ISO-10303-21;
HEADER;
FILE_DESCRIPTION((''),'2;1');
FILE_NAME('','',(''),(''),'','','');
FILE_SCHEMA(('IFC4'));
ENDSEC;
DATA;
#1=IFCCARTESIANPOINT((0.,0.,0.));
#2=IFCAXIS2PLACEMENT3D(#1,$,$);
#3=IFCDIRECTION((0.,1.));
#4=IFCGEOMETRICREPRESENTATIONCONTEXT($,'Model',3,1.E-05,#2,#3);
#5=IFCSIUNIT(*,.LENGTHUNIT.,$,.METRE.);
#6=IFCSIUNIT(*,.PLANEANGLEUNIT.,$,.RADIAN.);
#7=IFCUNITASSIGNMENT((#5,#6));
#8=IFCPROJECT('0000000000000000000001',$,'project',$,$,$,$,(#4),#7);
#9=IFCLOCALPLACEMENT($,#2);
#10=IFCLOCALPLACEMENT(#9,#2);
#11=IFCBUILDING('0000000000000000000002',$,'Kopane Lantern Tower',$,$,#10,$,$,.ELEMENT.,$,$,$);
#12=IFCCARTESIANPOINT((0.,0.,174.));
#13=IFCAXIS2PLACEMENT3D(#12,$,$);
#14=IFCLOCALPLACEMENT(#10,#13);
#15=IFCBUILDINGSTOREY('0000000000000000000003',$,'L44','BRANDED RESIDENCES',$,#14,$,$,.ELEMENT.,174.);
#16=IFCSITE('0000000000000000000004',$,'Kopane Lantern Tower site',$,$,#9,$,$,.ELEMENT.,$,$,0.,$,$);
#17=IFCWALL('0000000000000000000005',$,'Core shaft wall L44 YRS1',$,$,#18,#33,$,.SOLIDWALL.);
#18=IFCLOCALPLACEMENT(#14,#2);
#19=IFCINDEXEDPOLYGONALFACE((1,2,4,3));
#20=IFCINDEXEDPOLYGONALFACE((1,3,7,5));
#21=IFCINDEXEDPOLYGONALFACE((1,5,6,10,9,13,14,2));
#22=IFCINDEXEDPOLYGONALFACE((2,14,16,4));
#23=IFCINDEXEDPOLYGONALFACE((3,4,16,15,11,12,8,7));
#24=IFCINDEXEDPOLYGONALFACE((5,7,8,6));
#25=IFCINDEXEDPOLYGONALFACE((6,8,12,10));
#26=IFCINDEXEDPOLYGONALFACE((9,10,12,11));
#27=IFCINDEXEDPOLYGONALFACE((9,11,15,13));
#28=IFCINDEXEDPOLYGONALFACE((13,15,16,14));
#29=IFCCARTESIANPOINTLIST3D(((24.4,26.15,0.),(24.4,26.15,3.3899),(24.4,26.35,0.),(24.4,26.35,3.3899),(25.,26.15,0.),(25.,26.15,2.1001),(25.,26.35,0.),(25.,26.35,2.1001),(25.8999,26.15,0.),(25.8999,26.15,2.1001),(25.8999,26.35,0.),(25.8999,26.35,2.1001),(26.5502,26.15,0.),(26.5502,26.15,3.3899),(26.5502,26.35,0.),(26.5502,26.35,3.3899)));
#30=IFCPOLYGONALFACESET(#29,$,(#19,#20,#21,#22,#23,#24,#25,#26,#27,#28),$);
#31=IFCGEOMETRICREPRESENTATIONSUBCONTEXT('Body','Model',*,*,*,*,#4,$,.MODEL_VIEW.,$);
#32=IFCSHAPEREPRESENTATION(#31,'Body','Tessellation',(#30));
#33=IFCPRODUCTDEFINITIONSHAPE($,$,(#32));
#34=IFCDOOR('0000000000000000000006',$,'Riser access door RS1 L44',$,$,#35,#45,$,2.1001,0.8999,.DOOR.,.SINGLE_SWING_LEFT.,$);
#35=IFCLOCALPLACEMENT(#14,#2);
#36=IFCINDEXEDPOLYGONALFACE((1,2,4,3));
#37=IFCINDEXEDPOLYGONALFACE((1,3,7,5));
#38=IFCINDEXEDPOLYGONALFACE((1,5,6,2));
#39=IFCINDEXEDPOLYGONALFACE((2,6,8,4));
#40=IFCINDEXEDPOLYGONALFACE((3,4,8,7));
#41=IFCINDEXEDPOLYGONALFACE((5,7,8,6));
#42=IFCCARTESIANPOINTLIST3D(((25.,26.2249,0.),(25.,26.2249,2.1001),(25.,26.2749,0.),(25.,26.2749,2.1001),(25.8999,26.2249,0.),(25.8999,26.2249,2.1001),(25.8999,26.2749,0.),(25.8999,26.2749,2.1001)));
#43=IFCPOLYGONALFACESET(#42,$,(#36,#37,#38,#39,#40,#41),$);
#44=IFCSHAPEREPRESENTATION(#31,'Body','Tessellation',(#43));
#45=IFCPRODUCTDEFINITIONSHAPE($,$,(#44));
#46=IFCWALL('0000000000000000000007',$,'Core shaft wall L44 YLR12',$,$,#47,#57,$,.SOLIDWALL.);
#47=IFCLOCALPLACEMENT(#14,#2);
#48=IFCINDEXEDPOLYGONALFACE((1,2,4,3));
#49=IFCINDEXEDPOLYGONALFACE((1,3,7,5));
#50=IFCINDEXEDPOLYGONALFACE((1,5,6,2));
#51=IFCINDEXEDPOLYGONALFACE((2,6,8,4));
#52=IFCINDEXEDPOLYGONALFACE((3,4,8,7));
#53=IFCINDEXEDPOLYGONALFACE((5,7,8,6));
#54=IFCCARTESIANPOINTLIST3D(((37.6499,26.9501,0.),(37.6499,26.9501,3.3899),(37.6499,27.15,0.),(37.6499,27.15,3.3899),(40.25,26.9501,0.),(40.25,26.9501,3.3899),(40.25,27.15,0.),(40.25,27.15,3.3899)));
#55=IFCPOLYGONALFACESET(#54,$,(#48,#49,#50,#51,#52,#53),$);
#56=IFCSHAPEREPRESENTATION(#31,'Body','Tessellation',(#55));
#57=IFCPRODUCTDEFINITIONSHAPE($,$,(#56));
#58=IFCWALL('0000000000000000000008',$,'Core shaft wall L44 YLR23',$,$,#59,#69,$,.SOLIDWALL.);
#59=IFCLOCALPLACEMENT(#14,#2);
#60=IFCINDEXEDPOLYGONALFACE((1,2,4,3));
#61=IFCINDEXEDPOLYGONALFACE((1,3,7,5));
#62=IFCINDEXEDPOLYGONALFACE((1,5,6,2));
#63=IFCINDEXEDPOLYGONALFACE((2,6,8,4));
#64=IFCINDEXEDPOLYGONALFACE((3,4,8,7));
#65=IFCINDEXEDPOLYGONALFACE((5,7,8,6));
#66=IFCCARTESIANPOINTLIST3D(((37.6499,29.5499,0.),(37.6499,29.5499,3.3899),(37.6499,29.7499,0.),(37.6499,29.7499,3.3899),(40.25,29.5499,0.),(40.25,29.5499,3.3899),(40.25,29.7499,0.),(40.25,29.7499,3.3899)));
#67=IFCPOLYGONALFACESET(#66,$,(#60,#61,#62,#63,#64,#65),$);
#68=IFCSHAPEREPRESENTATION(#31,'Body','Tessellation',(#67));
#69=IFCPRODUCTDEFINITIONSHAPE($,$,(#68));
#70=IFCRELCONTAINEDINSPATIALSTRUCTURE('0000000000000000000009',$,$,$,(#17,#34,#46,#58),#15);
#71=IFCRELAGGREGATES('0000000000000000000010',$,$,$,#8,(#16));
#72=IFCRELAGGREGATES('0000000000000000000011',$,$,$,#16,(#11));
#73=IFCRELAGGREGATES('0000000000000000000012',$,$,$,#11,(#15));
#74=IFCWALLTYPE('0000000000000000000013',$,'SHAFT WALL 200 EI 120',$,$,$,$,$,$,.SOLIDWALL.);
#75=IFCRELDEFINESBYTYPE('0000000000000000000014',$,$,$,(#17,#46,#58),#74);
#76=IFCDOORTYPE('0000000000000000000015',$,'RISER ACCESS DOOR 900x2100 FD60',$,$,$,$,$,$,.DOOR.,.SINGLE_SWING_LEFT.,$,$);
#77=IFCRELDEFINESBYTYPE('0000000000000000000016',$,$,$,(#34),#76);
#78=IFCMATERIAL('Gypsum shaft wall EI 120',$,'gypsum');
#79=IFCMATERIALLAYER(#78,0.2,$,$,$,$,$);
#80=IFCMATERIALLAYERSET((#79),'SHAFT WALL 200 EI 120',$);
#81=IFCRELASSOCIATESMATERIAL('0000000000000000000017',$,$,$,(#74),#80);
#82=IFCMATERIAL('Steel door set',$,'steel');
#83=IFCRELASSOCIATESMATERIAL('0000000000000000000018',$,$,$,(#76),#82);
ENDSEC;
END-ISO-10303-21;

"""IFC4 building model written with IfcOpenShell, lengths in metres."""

from ifc_helpers import new_model, si_unit, direction, frame, frame_2d, origin, place, context, subcontext, project, spatial, rectangle, extrude, material, layer, layer_set, type_object, element, fill, save


model = new_model("IFC4")

# Units and contexts
model_context = context("Model", 3, precision=1e-05, world=origin(), true_north=direction((0.0, 1.0)))
body_context = subcontext(model_context, "Body", "Model", "MODEL_VIEW")
ifc_project = project(units=[si_unit("LENGTHUNIT", "METRE"), si_unit("PLANEANGLEUNIT", "RADIAN")], contexts=[model_context])

# Site, building, storey
site_placement = place(None, origin())
site = spatial("IfcSite", under=ifc_project, at=site_placement, Name="Kopane Lantern Tower site", CompositionType="ELEMENT", RefElevation=0.0)
building_placement = place(site_placement, origin())
building = spatial("IfcBuilding", under=site, at=building_placement, Name="Kopane Lantern Tower", CompositionType="ELEMENT")
storey_placement = place(building_placement, frame((0.0, 0.0, 174.0)))
storey = spatial("IfcBuildingStorey", under=building, at=storey_placement, Name="L44", Description="BRANDED RESIDENCES", CompositionType="ELEMENT", Elevation=174.0)

# Shared definitions
ifc_material_1 = material(Name="Gypsum shaft wall EI 120", Category="gypsum")
ifc_layer_1 = layer(ifc_material_1, 0.2)
ifc_layer_set_1 = layer_set([ifc_layer_1], Name="SHAFT WALL 200 EI 120")
wall_type_1 = type_object("IfcWallType", Name="SHAFT WALL 200 EI 120", PredefinedType="SOLIDWALL", material=ifc_layer_set_1)

# Wall, opening, door
wall_1_placement = place(storey_placement, frame((24.3999, 26.25, 0.0), z_axis=(0.0, 0.0, 1.0), x_axis=(1.0, 0.0, 0.0)))
wall_1 = element("IfcWall", 1, at=wall_1_placement, inside=storey, type_object=wall_type_1, Name="Core shaft wall L44 YRS1", PredefinedType="SOLIDWALL", context=body_context, shape_type="SweptSolid", body=[
    extrude(rectangle(XDim=2.1501, YDim=0.2, at=frame_2d((1.0752, 0.0))), origin(), (0.0, 0.0, 1.0), 3.3899),
])
opening_1_placement = place(wall_1_placement, frame((0.6001, 0.0, 0.0)))
opening_1 = element("IfcOpeningElement", 2, at=opening_1_placement, cuts=wall_1, PredefinedType="OPENING", context=body_context, shape_type="SweptSolid", body=[
    extrude(rectangle(XDim=0.8999, YDim=2.1001, at=frame_2d((0.45, 1.05))), frame((0.0, 0.1099, 0.0), z_axis=(0.0, -1.0, 0.0), x_axis=(1.0, 0.0, 0.0)), (0.0, 0.0, 1.0), 0.22),
])
ifc_material_2 = material(Name="Steel door set", Category="steel")
door_type_1 = type_object("IfcDoorType", Name="RISER ACCESS DOOR 900x2100 FD60", OperationType="SINGLE_SWING_LEFT", PredefinedType="DOOR", material=ifc_material_2)
door_1_placement = place(opening_1_placement, origin())
door_1 = element("IfcDoor", 3, at=door_1_placement, inside=storey, type_object=door_type_1, Name="Riser access door RS1 L44", OperationType="SINGLE_SWING_LEFT", OverallHeight=2.1001, OverallWidth=0.8999, PredefinedType="DOOR", context=body_context, shape_type="SweptSolid", body=[
    extrude(rectangle(XDim=0.8999, YDim=2.1001, at=frame_2d((0.45, 1.05))), frame((0.0, 0.0249, 0.0), z_axis=(0.0, -1.0, 0.0), x_axis=(1.0, 0.0, 0.0)), (0.0, 0.0, 1.0), 0.05),
])
fill(opening_1, door_1)

# Walls
for number, where, z_axis, x_axis, name in (
    (4, (37.6499, 27.05, 0.0), (0.0, 0.0, 1.0), (1.0, 0.0, 0.0), "Core shaft wall L44 YLR12"),
    (5, (37.6499, 29.6499, 0.0), (0.0, 0.0, 1.0), (1.0, 0.0, 0.0), "Core shaft wall L44 YLR23"),
):
    element("IfcWall", number, at=place(storey_placement, frame(where, z_axis=z_axis, x_axis=x_axis)), inside=storey, type_object=wall_type_1, Name=name, PredefinedType="SOLIDWALL", context=body_context, shape_type="SweptSolid", body=[
        extrude(rectangle(XDim=2.6001, YDim=0.2, at=frame_2d((1.3, 0.0))), origin(), (0.0, 0.0, 1.0), 3.3899),
    ])

save(model, "model.ifc")
